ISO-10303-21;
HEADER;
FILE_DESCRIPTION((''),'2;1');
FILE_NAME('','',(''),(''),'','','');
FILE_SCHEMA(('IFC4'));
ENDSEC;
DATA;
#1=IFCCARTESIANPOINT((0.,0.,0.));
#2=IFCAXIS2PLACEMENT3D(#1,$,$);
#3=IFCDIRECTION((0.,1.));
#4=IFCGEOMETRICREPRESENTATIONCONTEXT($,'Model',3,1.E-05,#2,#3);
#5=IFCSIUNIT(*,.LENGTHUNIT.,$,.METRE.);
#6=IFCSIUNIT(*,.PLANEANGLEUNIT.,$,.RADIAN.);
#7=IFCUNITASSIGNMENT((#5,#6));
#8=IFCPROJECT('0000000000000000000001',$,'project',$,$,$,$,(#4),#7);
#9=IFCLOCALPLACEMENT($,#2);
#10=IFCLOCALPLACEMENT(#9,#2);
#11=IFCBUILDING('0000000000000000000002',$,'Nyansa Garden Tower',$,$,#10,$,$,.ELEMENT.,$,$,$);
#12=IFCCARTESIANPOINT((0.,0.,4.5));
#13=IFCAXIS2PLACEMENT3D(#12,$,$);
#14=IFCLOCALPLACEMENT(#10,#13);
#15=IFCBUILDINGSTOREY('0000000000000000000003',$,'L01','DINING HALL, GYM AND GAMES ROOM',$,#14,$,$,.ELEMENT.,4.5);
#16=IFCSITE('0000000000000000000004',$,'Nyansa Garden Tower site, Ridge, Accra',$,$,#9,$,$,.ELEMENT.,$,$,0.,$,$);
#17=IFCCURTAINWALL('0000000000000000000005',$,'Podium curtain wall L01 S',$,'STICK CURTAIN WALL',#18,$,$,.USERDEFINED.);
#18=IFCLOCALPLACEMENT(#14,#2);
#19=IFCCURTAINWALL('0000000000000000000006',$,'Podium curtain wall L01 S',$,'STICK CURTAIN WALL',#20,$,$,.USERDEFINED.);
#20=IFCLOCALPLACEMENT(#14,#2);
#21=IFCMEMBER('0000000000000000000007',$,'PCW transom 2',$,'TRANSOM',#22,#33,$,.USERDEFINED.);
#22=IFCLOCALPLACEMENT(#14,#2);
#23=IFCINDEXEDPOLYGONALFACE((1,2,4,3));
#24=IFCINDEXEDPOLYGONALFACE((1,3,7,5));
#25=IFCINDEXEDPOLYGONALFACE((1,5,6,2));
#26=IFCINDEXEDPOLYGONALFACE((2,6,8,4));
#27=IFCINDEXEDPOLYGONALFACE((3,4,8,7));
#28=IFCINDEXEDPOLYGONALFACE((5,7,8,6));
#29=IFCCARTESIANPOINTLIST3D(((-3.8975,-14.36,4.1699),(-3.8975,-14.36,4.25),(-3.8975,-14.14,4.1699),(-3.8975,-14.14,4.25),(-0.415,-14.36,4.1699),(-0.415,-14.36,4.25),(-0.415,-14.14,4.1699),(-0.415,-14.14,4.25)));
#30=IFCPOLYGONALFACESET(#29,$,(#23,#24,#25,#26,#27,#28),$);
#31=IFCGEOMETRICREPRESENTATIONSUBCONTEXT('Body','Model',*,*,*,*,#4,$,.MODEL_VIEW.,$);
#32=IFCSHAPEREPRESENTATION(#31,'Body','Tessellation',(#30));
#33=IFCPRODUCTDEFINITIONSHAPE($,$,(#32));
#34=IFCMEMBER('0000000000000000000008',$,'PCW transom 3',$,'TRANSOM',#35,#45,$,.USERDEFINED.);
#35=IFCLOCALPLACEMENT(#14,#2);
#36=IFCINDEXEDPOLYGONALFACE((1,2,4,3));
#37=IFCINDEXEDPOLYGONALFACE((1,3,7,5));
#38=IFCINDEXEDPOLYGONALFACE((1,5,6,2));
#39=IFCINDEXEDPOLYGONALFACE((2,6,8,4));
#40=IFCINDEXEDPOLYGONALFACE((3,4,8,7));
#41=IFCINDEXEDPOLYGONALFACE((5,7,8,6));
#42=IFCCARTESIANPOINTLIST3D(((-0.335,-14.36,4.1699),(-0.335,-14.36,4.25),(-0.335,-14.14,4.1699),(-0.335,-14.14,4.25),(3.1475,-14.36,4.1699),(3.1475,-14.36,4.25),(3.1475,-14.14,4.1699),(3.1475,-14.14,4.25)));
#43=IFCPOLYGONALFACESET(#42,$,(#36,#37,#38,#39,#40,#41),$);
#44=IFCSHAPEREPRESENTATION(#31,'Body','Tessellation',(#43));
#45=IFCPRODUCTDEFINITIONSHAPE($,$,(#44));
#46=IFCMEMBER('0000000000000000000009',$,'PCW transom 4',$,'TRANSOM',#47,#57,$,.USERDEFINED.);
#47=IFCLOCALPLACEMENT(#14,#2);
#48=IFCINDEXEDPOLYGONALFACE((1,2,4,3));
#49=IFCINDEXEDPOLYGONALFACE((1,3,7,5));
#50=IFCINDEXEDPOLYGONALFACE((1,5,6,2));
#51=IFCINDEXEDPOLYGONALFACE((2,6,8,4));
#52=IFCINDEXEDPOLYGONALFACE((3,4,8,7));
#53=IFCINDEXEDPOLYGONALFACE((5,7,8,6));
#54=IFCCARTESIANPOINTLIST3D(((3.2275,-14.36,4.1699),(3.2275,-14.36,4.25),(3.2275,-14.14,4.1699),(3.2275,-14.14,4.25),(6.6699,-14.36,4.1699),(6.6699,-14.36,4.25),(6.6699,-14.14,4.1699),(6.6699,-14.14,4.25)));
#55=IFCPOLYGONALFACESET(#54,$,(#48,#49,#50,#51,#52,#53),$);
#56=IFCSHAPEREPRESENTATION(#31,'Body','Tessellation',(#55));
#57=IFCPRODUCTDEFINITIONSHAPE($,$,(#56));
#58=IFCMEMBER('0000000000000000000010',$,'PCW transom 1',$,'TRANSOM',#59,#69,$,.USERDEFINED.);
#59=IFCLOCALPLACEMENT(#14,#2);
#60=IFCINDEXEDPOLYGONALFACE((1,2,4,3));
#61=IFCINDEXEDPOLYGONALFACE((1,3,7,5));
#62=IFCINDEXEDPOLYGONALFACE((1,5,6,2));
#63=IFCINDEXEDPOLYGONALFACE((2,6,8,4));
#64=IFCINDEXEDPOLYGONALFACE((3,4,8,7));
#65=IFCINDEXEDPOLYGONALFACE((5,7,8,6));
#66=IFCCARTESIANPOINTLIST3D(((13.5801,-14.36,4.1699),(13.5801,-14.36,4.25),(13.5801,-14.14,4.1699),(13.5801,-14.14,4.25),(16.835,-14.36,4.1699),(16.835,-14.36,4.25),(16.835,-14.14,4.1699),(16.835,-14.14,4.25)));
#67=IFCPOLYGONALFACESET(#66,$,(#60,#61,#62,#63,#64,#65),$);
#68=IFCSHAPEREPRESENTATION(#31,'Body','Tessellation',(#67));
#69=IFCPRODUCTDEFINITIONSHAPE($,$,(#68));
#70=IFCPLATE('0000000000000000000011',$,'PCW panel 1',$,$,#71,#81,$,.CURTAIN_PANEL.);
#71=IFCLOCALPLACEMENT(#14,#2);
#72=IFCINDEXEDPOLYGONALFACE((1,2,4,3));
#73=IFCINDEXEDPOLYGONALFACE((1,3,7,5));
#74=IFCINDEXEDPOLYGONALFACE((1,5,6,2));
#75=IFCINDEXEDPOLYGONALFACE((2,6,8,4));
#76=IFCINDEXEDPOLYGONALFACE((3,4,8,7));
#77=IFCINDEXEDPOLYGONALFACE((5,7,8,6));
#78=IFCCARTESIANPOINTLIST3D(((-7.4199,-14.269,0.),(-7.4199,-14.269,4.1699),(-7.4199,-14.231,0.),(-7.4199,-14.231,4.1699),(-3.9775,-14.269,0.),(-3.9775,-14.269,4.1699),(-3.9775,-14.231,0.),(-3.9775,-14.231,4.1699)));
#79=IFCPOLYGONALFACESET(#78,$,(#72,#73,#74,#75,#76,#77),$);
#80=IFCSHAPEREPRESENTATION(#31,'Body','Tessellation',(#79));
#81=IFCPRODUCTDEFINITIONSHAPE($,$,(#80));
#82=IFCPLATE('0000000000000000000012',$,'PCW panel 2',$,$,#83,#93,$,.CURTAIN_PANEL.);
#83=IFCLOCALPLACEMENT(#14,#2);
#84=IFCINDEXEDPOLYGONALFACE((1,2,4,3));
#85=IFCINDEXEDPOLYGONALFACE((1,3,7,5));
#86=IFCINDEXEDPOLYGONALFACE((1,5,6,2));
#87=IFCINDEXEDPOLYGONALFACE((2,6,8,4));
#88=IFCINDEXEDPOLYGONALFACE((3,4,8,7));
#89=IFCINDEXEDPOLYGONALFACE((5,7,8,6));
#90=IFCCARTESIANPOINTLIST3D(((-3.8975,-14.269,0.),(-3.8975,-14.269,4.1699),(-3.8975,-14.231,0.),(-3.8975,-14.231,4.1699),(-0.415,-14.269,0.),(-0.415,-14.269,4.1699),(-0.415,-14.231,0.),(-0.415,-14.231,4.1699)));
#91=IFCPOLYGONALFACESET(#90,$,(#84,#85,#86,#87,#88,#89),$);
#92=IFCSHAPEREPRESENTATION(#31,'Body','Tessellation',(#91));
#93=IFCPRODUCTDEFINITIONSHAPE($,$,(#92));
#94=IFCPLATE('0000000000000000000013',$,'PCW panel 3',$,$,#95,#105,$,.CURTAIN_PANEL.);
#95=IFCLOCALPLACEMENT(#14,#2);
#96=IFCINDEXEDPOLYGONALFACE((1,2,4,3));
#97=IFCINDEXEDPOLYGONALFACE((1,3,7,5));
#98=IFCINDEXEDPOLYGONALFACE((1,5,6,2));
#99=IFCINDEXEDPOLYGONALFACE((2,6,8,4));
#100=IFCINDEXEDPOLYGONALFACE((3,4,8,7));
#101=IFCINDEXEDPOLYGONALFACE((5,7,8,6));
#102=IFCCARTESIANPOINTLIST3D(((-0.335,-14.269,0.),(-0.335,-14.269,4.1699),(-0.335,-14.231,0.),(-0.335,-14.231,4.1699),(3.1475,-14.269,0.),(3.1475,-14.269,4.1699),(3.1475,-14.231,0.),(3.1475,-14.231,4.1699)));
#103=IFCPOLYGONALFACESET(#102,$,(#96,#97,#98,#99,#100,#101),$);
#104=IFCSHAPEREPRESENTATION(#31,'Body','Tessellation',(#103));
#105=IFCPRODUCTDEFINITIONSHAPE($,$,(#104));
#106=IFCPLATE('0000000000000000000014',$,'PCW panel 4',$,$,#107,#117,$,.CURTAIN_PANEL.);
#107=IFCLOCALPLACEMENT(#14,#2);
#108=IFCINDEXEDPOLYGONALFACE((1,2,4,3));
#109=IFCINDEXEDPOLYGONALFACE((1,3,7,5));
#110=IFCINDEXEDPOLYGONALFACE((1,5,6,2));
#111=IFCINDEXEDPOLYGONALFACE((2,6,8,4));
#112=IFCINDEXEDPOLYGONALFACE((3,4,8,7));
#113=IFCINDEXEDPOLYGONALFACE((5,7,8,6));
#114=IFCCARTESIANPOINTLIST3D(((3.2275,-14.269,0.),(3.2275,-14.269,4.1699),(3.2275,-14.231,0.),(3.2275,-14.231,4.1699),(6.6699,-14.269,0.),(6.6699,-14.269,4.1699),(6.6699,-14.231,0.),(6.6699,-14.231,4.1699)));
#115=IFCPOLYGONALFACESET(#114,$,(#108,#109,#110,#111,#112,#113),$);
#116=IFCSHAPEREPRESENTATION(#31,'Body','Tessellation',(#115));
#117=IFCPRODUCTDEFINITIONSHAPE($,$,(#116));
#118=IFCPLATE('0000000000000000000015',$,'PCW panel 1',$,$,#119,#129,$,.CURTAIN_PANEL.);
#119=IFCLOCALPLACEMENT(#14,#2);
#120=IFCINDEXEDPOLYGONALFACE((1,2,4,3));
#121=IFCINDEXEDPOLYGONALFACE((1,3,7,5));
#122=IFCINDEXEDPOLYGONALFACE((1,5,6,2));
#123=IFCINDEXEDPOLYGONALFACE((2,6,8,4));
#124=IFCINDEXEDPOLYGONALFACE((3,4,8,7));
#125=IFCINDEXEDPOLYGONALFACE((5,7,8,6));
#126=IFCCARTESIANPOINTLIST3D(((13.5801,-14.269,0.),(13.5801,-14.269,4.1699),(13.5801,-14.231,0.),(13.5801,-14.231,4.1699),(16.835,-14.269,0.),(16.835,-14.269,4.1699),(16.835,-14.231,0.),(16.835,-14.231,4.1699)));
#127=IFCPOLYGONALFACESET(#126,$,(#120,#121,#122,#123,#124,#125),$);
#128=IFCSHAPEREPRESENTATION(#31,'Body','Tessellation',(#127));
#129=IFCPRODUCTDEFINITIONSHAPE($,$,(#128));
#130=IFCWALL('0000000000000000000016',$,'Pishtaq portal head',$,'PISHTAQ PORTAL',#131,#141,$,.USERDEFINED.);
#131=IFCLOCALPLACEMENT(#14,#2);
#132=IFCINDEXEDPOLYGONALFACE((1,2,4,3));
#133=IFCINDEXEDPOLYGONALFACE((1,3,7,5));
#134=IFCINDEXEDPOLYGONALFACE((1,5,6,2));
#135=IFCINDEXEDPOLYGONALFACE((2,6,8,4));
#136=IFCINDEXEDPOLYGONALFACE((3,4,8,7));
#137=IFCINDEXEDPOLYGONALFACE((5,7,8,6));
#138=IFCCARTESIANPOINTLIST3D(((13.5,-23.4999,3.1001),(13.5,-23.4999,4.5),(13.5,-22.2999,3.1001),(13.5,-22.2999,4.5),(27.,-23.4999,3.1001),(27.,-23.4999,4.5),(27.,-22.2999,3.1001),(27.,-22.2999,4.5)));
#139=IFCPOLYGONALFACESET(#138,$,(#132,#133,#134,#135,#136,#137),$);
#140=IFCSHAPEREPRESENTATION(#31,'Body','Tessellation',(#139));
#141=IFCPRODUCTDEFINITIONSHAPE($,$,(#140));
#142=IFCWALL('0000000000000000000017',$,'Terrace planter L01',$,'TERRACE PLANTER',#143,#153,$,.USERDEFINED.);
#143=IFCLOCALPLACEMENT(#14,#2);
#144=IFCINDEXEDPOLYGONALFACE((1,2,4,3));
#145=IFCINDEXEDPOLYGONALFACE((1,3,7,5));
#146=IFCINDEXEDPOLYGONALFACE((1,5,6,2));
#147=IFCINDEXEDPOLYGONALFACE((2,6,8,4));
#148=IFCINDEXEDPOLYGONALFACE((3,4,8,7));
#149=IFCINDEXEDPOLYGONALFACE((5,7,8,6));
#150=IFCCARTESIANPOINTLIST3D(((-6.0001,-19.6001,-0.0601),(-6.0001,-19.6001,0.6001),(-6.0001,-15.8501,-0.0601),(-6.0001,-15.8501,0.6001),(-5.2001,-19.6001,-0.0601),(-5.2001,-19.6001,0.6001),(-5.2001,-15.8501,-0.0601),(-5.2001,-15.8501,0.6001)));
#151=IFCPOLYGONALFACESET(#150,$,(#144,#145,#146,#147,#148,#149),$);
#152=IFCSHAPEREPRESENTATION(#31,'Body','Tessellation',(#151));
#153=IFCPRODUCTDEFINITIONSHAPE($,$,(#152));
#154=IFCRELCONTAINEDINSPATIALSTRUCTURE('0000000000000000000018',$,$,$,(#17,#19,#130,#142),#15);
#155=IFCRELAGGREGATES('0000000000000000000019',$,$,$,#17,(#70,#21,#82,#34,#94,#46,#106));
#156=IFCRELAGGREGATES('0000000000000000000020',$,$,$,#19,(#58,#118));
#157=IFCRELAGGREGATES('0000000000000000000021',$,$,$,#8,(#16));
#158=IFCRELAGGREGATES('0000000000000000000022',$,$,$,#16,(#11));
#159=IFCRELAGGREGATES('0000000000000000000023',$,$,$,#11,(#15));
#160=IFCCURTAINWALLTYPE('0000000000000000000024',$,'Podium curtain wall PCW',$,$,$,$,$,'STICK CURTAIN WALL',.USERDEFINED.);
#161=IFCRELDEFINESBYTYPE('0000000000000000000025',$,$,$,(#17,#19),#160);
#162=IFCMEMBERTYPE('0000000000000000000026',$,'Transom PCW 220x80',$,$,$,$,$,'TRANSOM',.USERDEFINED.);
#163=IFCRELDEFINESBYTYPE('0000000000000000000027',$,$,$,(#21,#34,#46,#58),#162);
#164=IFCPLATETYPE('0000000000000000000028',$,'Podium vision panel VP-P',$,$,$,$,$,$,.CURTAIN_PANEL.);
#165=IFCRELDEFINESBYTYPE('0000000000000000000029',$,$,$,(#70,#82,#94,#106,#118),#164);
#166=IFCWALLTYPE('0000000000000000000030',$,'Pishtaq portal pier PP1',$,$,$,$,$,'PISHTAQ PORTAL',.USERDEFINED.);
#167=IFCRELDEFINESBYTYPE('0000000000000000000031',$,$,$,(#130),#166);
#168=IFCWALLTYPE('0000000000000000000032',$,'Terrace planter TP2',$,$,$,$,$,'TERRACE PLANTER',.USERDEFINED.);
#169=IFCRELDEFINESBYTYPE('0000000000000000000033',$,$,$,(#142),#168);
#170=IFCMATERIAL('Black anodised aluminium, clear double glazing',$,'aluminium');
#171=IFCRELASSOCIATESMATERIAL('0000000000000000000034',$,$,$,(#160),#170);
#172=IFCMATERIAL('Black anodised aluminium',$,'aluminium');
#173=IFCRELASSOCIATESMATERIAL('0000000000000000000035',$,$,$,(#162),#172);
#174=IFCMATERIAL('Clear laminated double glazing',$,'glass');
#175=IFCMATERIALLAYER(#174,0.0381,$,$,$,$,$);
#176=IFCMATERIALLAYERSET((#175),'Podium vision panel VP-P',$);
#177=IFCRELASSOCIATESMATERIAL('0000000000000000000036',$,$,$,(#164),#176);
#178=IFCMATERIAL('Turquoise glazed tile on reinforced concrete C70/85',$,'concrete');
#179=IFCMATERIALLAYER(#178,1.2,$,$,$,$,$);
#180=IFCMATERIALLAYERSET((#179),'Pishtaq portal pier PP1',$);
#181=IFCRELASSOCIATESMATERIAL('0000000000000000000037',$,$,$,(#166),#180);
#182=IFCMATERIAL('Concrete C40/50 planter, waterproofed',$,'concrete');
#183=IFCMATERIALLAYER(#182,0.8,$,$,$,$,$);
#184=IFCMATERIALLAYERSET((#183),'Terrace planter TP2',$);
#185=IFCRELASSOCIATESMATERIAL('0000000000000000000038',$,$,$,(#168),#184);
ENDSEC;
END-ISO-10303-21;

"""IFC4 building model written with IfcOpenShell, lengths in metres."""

from ifc_helpers import new_model, si_unit, direction, frame, frame_2d, origin, origin_2d, place, context, subcontext, project, spatial, rectangle, extrude, material, layer, layer_set, material_profile, profile_set, type_object, element, aggregate, save


model = new_model("IFC4")

# Units and contexts
model_context = context("Model", 3, precision=1e-05, world=origin(), true_north=direction((0.0, 1.0)))
body_context = subcontext(model_context, "Body", "Model", "MODEL_VIEW")
ifc_project = project(units=[si_unit("LENGTHUNIT", "METRE"), si_unit("PLANEANGLEUNIT", "RADIAN")], contexts=[model_context])

# Site, building, storey
site_placement = place(None, origin())
site = spatial("IfcSite", under=ifc_project, at=site_placement, Name="Nyansa Garden Tower site, Ridge, Accra", CompositionType="ELEMENT", RefElevation=0.0)
building_placement = place(site_placement, origin())
building = spatial("IfcBuilding", under=site, at=building_placement, Name="Nyansa Garden Tower", CompositionType="ELEMENT")
storey_placement = place(building_placement, frame((0.0, 0.0, 4.5)))
storey = spatial("IfcBuildingStorey", under=building, at=storey_placement, Name="L01", Description="DINING HALL, GYM AND GAMES ROOM", CompositionType="ELEMENT", Elevation=4.5)

# Shared definitions
ifc_material_1 = material(Name="Black anodised aluminium, clear double glazing", Category="aluminium")
curtain_wall_type = type_object("IfcCurtainWallType", Name="Podium curtain wall PCW", ElementType="STICK CURTAIN WALL", PredefinedType="USERDEFINED", material=ifc_material_1)

# Curtain wall
curtain_wall_1_placement = place(storey_placement, origin())
curtain_wall_1 = element("IfcCurtainWall", 1, at=curtain_wall_1_placement, inside=storey, type_object=curtain_wall_type, Name="Podium curtain wall L01 S", ObjectType="STICK CURTAIN WALL", PredefinedType="USERDEFINED")

# Curtain wall
curtain_wall_2_placement = place(storey_placement, origin())
curtain_wall_2 = element("IfcCurtainWall", 2, at=curtain_wall_2_placement, inside=storey, type_object=curtain_wall_type, Name="Podium curtain wall L01 S", ObjectType="STICK CURTAIN WALL", PredefinedType="USERDEFINED")

# Members
ifc_material_2 = material(Name="Black anodised aluminium", Category="aluminium")
ifc_material_profile_1 = material_profile(ifc_material_2, rectangle(XDim=0.22, YDim=0.0801, at=origin_2d()), Name="Transom 220x80")
ifc_profile_set_1 = profile_set([ifc_material_profile_1], Name="Black anodised aluminium")
member_type_1 = type_object("IfcMemberType", Name="Transom PCW 220x80", ElementType="TRANSOM", PredefinedType="USERDEFINED", material=ifc_profile_set_1)
member_1_placement = place(storey_placement, frame((-3.8975, -14.25, 4.21), z_axis=(1.0, 0.0, 0.0), x_axis=(0.0, 1.0, 0.0)))
member_1 = element("IfcMember", 3, at=member_1_placement, type_object=member_type_1, Name="PCW transom 2", ObjectType="TRANSOM", PredefinedType="USERDEFINED", context=body_context, shape_type="SweptSolid", body=[
    extrude(rectangle(XDim=0.22, YDim=0.0801, at=origin_2d()), origin(), (0.0, 0.0, 1.0), 3.4824),
])
member_2_placement = place(storey_placement, frame((-0.335, -14.25, 4.21), z_axis=(1.0, 0.0, 0.0), x_axis=(0.0, 1.0, 0.0)))
member_2 = element("IfcMember", 4, at=member_2_placement, type_object=member_type_1, Name="PCW transom 3", ObjectType="TRANSOM", PredefinedType="USERDEFINED", context=body_context, shape_type="SweptSolid", body=[
    extrude(rectangle(XDim=0.22, YDim=0.0801, at=origin_2d()), origin(), (0.0, 0.0, 1.0), 3.4824),
])
member_3_placement = place(storey_placement, frame((3.2275, -14.25, 4.21), z_axis=(1.0, 0.0, 0.0), x_axis=(0.0, 1.0, 0.0)))
member_3 = element("IfcMember", 5, at=member_3_placement, type_object=member_type_1, Name="PCW transom 4", ObjectType="TRANSOM", PredefinedType="USERDEFINED", context=body_context, shape_type="SweptSolid", body=[
    extrude(rectangle(XDim=0.22, YDim=0.0801, at=origin_2d()), origin(), (0.0, 0.0, 1.0), 3.4424),
])
member_4_placement = place(storey_placement, frame((13.5801, -14.25, 4.21), z_axis=(1.0, 0.0, 0.0), x_axis=(0.0, 1.0, 0.0)))
member_4 = element("IfcMember", 6, at=member_4_placement, type_object=member_type_1, Name="PCW transom 1", ObjectType="TRANSOM", PredefinedType="USERDEFINED", context=body_context, shape_type="SweptSolid", body=[
    extrude(rectangle(XDim=0.22, YDim=0.0801, at=origin_2d()), origin(), (0.0, 0.0, 1.0), 3.2549),
])

# Plates
ifc_material_3 = material(Name="Clear laminated double glazing", Category="glass")
ifc_layer_1 = layer(ifc_material_3, 0.0381)
ifc_layer_set_1 = layer_set([ifc_layer_1], Name="Podium vision panel VP-P")
plate_type = type_object("IfcPlateType", Name="Podium vision panel VP-P", PredefinedType="CURTAIN_PANEL", material=ifc_layer_set_1)
plate_1_placement = place(storey_placement, frame((-5.6987, -14.25, 0.0), z_axis=(0.0, 0.0, 1.0), x_axis=(1.0, 0.0, 0.0)))
plate_1 = element("IfcPlate", 7, at=plate_1_placement, type_object=plate_type, Name="PCW panel 1", PredefinedType="CURTAIN_PANEL", context=body_context, shape_type="SweptSolid", body=[
    extrude(rectangle(XDim=3.4424, YDim=0.0381, at=origin_2d()), origin(), (0.0, 0.0, 1.0), 4.1699),
])
plate_2_placement = place(storey_placement, frame((-2.1562, -14.25, 0.0), z_axis=(0.0, 0.0, 1.0), x_axis=(1.0, 0.0, 0.0)))
plate_2 = element("IfcPlate", 8, at=plate_2_placement, type_object=plate_type, Name="PCW panel 2", PredefinedType="CURTAIN_PANEL", context=body_context, shape_type="SweptSolid", body=[
    extrude(rectangle(XDim=3.4824, YDim=0.0381, at=origin_2d()), origin(), (0.0, 0.0, 1.0), 4.1699),
])
plate_3_placement = place(storey_placement, frame((1.4062, -14.25, 0.0), z_axis=(0.0, 0.0, 1.0), x_axis=(1.0, 0.0, 0.0)))
plate_3 = element("IfcPlate", 9, at=plate_3_placement, type_object=plate_type, Name="PCW panel 3", PredefinedType="CURTAIN_PANEL", context=body_context, shape_type="SweptSolid", body=[
    extrude(rectangle(XDim=3.4824, YDim=0.0381, at=origin_2d()), origin(), (0.0, 0.0, 1.0), 4.1699),
])
plate_4_placement = place(storey_placement, frame((4.9487, -14.25, 0.0), z_axis=(0.0, 0.0, 1.0), x_axis=(1.0, 0.0, 0.0)))
plate_4 = element("IfcPlate", 10, at=plate_4_placement, type_object=plate_type, Name="PCW panel 4", PredefinedType="CURTAIN_PANEL", context=body_context, shape_type="SweptSolid", body=[
    extrude(rectangle(XDim=3.4424, YDim=0.0381, at=origin_2d()), origin(), (0.0, 0.0, 1.0), 4.1699),
])
aggregate(curtain_wall_1, [plate_1, member_1, plate_2, member_2, plate_3, member_3, plate_4])
plate_5_placement = place(storey_placement, frame((15.2075, -14.25, 0.0), z_axis=(0.0, 0.0, 1.0), x_axis=(1.0, 0.0, 0.0)))
plate_5 = element("IfcPlate", 11, at=plate_5_placement, type_object=plate_type, Name="PCW panel 1", PredefinedType="CURTAIN_PANEL", context=body_context, shape_type="SweptSolid", body=[
    extrude(rectangle(XDim=3.2549, YDim=0.0381, at=origin_2d()), origin(), (0.0, 0.0, 1.0), 4.1699),
])
aggregate(curtain_wall_2, [member_4, plate_5])

# Walls
ifc_material_4 = material(Name="Turquoise glazed tile on reinforced concrete C70/85", Category="concrete")
ifc_layer_2 = layer(ifc_material_4, 1.2)
ifc_layer_set_2 = layer_set([ifc_layer_2], Name="Pishtaq portal pier PP1")
wall_type_1 = type_object("IfcWallType", Name="Pishtaq portal pier PP1", ElementType="PISHTAQ PORTAL", PredefinedType="USERDEFINED", material=ifc_layer_set_2)
wall_1_placement = place(storey_placement, frame((13.5, -22.8999, 3.1001), z_axis=(0.0, 0.0, 1.0), x_axis=(1.0, 0.0, 0.0)))
element("IfcWall", 12, at=wall_1_placement, inside=storey, type_object=wall_type_1, Name="Pishtaq portal head", ObjectType="PISHTAQ PORTAL", PredefinedType="USERDEFINED", context=body_context, shape_type="SweptSolid", body=[
    extrude(rectangle(XDim=13.5, YDim=1.2, at=frame_2d((6.75, 0.0))), origin(), (0.0, 0.0, 1.0), 1.3999),
])
ifc_material_5 = material(Name="Concrete C40/50 planter, waterproofed", Category="concrete")
ifc_layer_3 = layer(ifc_material_5, 0.8)
ifc_layer_set_3 = layer_set([ifc_layer_3], Name="Terrace planter TP2")
wall_type_2 = type_object("IfcWallType", Name="Terrace planter TP2", ElementType="TERRACE PLANTER", PredefinedType="USERDEFINED", material=ifc_layer_set_3)
wall_2_placement = place(storey_placement, frame((-5.6001, -19.6001, -0.0601), z_axis=(0.0, 0.0, 1.0), x_axis=(0.0, 1.0, 0.0)))
element("IfcWall", 13, at=wall_2_placement, inside=storey, type_object=wall_type_2, Name="Terrace planter L01", ObjectType="TERRACE PLANTER", PredefinedType="USERDEFINED", context=body_context, shape_type="SweptSolid", body=[
    extrude(rectangle(XDim=3.75, YDim=0.8, at=frame_2d((1.875, 0.0))), origin(), (0.0, 0.0, 1.0), 0.6602),
])

save(model, "model.ifc")
